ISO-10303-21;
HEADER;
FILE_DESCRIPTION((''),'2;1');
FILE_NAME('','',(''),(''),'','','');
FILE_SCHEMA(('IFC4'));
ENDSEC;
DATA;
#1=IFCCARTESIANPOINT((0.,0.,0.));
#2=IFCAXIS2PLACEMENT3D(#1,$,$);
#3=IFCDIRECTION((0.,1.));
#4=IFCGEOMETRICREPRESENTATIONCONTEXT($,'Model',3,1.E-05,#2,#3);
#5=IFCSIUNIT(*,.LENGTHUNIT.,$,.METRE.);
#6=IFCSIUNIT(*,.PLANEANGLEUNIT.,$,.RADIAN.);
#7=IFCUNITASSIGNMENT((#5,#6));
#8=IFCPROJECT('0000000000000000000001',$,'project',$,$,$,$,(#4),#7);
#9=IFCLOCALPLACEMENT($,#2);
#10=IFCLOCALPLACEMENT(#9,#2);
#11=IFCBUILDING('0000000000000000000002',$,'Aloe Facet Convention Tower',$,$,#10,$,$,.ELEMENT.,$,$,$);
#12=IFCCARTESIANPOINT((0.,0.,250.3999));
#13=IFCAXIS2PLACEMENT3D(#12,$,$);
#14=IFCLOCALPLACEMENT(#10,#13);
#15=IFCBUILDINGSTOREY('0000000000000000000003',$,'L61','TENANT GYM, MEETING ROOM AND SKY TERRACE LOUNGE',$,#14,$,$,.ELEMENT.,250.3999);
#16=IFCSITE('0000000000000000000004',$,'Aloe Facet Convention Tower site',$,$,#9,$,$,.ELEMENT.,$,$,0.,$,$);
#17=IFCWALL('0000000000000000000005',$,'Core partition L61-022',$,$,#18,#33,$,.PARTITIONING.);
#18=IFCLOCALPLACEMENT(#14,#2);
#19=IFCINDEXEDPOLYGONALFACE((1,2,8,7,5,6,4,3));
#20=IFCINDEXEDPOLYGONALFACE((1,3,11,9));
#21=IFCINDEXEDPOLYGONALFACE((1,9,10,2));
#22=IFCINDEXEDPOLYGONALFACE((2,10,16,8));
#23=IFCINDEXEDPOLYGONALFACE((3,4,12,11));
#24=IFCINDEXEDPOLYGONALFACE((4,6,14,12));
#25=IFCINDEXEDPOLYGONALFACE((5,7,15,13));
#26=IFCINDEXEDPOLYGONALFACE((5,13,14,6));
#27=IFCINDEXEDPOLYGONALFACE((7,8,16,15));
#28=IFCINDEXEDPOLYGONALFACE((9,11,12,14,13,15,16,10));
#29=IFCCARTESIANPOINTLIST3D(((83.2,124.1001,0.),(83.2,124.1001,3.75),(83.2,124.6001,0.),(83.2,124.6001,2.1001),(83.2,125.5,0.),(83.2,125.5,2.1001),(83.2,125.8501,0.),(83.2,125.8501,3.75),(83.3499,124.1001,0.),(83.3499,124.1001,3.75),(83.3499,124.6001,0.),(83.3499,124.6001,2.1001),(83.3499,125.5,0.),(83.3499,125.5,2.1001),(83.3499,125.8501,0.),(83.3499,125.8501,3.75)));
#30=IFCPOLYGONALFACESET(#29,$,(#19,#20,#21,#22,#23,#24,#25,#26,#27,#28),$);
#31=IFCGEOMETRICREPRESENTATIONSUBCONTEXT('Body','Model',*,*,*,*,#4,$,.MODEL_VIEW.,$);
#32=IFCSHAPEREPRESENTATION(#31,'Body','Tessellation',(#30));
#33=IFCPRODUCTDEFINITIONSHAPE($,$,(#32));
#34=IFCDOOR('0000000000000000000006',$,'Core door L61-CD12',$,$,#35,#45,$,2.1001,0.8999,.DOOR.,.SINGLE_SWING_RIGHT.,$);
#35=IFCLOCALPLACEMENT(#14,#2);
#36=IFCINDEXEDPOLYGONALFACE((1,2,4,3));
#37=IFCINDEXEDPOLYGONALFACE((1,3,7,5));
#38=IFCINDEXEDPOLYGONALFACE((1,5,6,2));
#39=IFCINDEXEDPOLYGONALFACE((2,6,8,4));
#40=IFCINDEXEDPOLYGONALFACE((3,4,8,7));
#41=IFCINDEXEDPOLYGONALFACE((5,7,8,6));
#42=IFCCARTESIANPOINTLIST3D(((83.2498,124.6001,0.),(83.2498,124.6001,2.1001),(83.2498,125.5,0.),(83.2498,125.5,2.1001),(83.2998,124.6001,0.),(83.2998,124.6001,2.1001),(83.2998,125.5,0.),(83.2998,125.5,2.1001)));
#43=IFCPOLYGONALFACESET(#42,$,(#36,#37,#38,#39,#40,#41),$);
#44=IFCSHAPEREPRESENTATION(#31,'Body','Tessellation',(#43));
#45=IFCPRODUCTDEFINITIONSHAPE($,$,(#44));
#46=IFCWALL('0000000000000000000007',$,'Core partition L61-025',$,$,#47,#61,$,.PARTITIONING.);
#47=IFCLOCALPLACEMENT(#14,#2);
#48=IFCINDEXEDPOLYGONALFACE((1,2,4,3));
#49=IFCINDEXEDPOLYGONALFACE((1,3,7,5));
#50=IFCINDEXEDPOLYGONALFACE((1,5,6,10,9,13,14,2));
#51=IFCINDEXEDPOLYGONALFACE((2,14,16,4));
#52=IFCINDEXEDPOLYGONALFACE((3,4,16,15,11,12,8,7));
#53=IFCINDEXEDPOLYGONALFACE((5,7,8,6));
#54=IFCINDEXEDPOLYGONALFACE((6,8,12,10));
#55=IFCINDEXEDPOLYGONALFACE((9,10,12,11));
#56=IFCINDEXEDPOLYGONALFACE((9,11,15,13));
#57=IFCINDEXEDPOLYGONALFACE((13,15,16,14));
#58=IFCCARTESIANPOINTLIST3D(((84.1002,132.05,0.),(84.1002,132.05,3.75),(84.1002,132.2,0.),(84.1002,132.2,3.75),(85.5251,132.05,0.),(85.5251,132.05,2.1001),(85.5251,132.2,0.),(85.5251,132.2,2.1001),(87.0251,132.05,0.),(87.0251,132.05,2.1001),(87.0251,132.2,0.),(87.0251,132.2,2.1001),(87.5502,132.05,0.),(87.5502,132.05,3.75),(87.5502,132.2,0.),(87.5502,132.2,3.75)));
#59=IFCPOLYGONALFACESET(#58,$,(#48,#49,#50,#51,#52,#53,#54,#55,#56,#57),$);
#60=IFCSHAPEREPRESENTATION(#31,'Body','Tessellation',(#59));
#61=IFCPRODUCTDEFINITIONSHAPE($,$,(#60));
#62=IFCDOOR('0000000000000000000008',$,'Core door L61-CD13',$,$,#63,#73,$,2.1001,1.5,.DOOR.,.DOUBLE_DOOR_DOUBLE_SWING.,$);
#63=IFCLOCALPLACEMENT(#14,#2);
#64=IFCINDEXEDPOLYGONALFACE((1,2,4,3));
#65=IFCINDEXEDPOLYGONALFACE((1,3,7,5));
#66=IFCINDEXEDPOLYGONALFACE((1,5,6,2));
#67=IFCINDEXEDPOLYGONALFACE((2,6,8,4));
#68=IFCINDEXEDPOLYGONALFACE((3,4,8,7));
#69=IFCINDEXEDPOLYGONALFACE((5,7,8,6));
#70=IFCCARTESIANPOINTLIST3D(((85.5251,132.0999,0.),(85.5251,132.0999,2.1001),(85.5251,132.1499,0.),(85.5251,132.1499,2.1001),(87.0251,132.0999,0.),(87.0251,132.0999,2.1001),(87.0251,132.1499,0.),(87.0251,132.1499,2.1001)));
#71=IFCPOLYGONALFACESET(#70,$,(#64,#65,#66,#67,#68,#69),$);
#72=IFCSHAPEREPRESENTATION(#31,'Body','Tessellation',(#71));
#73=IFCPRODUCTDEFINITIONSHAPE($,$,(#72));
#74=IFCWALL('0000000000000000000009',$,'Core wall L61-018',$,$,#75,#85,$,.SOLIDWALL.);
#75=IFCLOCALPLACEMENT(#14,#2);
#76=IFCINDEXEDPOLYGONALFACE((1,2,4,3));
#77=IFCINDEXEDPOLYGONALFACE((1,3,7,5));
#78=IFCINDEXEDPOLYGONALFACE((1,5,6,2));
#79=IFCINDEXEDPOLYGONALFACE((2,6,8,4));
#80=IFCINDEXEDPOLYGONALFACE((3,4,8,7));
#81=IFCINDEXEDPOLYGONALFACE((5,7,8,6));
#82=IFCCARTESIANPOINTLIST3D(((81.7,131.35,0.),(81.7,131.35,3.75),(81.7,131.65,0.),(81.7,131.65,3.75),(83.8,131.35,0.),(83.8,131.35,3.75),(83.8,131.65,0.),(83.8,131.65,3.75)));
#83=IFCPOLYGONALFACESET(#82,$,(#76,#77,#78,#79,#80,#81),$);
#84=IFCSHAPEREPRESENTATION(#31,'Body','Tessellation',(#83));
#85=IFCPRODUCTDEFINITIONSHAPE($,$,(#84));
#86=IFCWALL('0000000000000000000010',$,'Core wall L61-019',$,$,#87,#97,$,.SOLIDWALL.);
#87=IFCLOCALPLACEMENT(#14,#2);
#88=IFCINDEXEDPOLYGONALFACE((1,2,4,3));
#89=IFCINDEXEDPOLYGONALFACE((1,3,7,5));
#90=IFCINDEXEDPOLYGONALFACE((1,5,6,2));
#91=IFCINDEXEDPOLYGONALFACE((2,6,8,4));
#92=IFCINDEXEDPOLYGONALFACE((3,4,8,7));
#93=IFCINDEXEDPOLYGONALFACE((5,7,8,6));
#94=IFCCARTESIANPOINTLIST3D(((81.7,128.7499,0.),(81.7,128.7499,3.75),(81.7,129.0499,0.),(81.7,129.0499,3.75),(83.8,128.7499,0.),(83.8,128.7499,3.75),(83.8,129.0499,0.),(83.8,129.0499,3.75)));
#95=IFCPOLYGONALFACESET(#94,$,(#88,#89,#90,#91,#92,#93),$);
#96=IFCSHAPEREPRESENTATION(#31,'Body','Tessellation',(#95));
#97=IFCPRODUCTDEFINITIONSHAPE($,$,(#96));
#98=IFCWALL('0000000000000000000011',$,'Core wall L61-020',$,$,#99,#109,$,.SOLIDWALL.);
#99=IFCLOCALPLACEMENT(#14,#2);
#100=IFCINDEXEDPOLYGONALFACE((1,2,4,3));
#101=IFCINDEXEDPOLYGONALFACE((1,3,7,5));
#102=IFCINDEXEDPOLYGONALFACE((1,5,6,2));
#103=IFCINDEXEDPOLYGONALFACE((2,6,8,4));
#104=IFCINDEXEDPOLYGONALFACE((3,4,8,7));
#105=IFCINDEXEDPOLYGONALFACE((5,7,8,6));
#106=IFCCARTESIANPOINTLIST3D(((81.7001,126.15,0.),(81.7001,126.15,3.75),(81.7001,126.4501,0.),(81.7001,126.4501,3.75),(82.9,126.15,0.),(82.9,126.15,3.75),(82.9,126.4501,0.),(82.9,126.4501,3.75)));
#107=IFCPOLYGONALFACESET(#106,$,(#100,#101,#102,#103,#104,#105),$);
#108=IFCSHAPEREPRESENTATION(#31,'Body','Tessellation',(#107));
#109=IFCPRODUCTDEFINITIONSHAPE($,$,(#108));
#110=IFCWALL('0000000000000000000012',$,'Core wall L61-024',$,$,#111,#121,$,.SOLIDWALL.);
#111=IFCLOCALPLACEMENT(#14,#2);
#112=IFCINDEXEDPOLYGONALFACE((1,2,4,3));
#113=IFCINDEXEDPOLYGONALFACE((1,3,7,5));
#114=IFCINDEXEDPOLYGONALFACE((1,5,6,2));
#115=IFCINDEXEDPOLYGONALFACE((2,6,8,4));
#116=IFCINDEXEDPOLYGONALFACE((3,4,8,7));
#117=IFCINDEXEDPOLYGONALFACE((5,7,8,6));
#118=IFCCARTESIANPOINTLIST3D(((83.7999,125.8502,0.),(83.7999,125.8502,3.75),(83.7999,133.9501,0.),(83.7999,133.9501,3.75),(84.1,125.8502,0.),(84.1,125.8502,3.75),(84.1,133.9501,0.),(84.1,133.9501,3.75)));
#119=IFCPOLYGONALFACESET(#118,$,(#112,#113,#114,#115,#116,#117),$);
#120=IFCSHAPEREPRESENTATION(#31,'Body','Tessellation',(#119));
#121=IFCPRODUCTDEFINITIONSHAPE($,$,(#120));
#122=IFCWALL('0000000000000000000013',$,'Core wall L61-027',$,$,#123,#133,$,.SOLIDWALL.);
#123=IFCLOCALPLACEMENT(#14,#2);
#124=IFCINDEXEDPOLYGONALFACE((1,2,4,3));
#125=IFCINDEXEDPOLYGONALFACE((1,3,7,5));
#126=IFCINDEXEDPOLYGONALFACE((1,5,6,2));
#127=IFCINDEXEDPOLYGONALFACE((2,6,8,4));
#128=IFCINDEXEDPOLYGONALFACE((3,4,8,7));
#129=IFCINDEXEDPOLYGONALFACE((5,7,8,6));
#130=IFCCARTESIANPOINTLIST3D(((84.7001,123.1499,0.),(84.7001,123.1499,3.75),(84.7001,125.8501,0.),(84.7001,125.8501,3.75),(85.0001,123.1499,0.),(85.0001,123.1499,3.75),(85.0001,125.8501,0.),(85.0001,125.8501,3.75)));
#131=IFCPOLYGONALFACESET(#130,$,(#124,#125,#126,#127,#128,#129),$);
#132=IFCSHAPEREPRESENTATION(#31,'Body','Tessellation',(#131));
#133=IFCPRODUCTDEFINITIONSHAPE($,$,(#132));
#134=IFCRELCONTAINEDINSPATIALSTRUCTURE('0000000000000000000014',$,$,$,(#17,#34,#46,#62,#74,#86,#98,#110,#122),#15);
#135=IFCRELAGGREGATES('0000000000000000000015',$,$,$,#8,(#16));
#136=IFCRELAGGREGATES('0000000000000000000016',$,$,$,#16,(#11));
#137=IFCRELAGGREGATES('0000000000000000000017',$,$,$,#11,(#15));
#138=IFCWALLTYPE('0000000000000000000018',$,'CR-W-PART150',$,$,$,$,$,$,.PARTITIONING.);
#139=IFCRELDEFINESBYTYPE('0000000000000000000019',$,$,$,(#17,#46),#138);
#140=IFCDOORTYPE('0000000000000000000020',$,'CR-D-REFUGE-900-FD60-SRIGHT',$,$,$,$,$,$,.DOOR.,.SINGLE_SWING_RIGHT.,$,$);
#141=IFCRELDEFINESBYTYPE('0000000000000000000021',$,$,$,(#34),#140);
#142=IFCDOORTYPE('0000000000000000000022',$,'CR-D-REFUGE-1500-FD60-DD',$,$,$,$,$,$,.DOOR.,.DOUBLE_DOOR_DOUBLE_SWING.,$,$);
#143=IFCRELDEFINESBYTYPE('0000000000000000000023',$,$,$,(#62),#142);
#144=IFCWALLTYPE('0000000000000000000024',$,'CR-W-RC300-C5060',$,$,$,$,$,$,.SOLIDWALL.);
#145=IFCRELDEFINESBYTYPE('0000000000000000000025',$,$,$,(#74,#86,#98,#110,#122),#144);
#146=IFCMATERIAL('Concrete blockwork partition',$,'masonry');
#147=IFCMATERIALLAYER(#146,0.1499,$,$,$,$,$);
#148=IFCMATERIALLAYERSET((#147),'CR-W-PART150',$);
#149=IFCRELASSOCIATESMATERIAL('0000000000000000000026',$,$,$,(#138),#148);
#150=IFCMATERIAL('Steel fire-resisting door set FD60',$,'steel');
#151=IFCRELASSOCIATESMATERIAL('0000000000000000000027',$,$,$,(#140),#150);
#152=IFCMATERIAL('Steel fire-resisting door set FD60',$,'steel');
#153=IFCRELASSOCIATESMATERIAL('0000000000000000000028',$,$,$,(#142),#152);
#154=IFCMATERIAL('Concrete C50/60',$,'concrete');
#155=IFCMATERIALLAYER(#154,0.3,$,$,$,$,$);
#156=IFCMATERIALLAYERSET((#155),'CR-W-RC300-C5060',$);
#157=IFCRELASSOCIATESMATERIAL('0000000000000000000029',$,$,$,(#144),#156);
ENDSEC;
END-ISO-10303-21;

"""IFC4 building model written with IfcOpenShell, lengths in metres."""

from ifc_helpers import new_model, si_unit, direction, frame, frame_2d, origin, place, context, subcontext, project, spatial, rectangle, extrude, material, layer, layer_set, type_object, element, fill, save


model = new_model("IFC4")

# Units and contexts
model_context = context("Model", 3, precision=1e-05, world=origin(), true_north=direction((0.0, 1.0)))
body_context = subcontext(model_context, "Body", "Model", "MODEL_VIEW")
ifc_project = project(units=[si_unit("LENGTHUNIT", "METRE"), si_unit("PLANEANGLEUNIT", "RADIAN")], contexts=[model_context])

# Site, building, storey
site_placement = place(None, origin())
site = spatial("IfcSite", under=ifc_project, at=site_placement, Name="Aloe Facet Convention Tower site", CompositionType="ELEMENT", RefElevation=0.0)
building_placement = place(site_placement, origin())
building = spatial("IfcBuilding", under=site, at=building_placement, Name="Aloe Facet Convention Tower", CompositionType="ELEMENT")
storey_placement = place(building_placement, frame((0.0, 0.0, 250.3999)))
storey = spatial("IfcBuildingStorey", under=building, at=storey_placement, Name="L61", Description="TENANT GYM, MEETING ROOM AND SKY TERRACE LOUNGE", CompositionType="ELEMENT", Elevation=250.3999)

# Walls, openings, doors
ifc_material_1 = material(Name="Concrete blockwork partition", Category="masonry")
ifc_layer_1 = layer(ifc_material_1, 0.1499)
ifc_layer_set_1 = layer_set([ifc_layer_1], Name="CR-W-PART150")
wall_type_1 = type_object("IfcWallType", Name="CR-W-PART150", PredefinedType="PARTITIONING", material=ifc_layer_set_1)
wall_1_placement = place(storey_placement, frame((83.2749, 125.8501, 0.0), z_axis=(0.0, 0.0, 1.0), x_axis=(0.0, -1.0, 0.0)))
wall_1 = element("IfcWall", 1, at=wall_1_placement, inside=storey, type_object=wall_type_1, Name="Core partition L61-022", PredefinedType="PARTITIONING", context=body_context, shape_type="SweptSolid", body=[
    extrude(rectangle(XDim=1.75, YDim=0.1499, at=frame_2d((0.875, 0.0))), origin(), (0.0, 0.0, 1.0), 3.75),
])
opening_1_placement = place(wall_1_placement, frame((0.3501, 0.0, 0.0)))
opening_1 = element("IfcOpeningElement", 2, at=opening_1_placement, cuts=wall_1, PredefinedType="OPENING", context=body_context, shape_type="SweptSolid", body=[
    extrude(rectangle(XDim=0.8999, YDim=2.1001, at=frame_2d((0.45, 1.05))), frame((0.0, 0.085, 0.0), z_axis=(0.0, -1.0, 0.0), x_axis=(1.0, 0.0, 0.0)), (0.0, 0.0, 1.0), 0.1699),
])
ifc_material_2 = material(Name="Steel fire-resisting door set FD60", Category="steel")
door_type_1 = type_object("IfcDoorType", Name="CR-D-REFUGE-900-FD60-SRIGHT", OperationType="SINGLE_SWING_RIGHT", PredefinedType="DOOR", material=ifc_material_2)
door_1_placement = place(opening_1_placement, origin())
door_1 = element("IfcDoor", 3, at=door_1_placement, inside=storey, type_object=door_type_1, Name="Core door L61-CD12", OperationType="SINGLE_SWING_RIGHT", OverallHeight=2.1001, OverallWidth=0.8999, PredefinedType="DOOR", context=body_context, shape_type="SweptSolid", body=[
    extrude(rectangle(XDim=0.8999, YDim=2.1001, at=frame_2d((0.45, 1.05))), frame((0.0, 0.0249, 0.0), z_axis=(0.0, -1.0, 0.0), x_axis=(1.0, 0.0, 0.0)), (0.0, 0.0, 1.0), 0.05),
])
fill(opening_1, door_1)
wall_2_placement = place(storey_placement, frame((84.1001, 132.125, 0.0), z_axis=(0.0, 0.0, 1.0), x_axis=(1.0, 0.0, 0.0)))
wall_2 = element("IfcWall", 4, at=wall_2_placement, inside=storey, type_object=wall_type_1, Name="Core partition L61-025", PredefinedType="PARTITIONING", context=body_context, shape_type="SweptSolid", body=[
    extrude(rectangle(XDim=3.45, YDim=0.1499, at=frame_2d((1.7251, 0.0))), origin(), (0.0, 0.0, 1.0), 3.75),
])
opening_2_placement = place(wall_2_placement, frame((1.425, 0.0, 0.0)))
opening_2 = element("IfcOpeningElement", 5, at=opening_2_placement, cuts=wall_2, PredefinedType="OPENING", context=body_context, shape_type="SweptSolid", body=[
    extrude(rectangle(XDim=1.5, YDim=2.1001, at=frame_2d((0.75, 1.05))), frame((0.0, 0.085, 0.0), z_axis=(0.0, -1.0, 0.0), x_axis=(1.0, 0.0, 0.0)), (0.0, 0.0, 1.0), 0.1699),
])
ifc_material_3 = material(Name="Steel fire-resisting door set FD60", Category="steel")
door_type_2 = type_object("IfcDoorType", Name="CR-D-REFUGE-1500-FD60-DD", OperationType="DOUBLE_DOOR_DOUBLE_SWING", PredefinedType="DOOR", material=ifc_material_3)
door_2_placement = place(opening_2_placement, origin())
door_2 = element("IfcDoor", 6, at=door_2_placement, inside=storey, type_object=door_type_2, Name="Core door L61-CD13", OperationType="DOUBLE_DOOR_DOUBLE_SWING", OverallHeight=2.1001, OverallWidth=1.5, PredefinedType="DOOR", context=body_context, shape_type="SweptSolid", body=[
    extrude(rectangle(XDim=1.5, YDim=2.1001, at=frame_2d((0.75, 1.05))), frame((0.0, 0.0249, 0.0), z_axis=(0.0, -1.0, 0.0), x_axis=(1.0, 0.0, 0.0)), (0.0, 0.0, 1.0), 0.05),
])
fill(opening_2, door_2)

# Walls
ifc_material_4 = material(Name="Concrete C50/60", Category="concrete")
ifc_layer_2 = layer(ifc_material_4, 0.3)
ifc_layer_set_2 = layer_set([ifc_layer_2], Name="CR-W-RC300-C5060")
wall_type_2 = type_object("IfcWallType", Name="CR-W-RC300-C5060", PredefinedType="SOLIDWALL", material=ifc_layer_set_2)
for number, where, z_axis, x_axis, name in (
    (7, (81.7, 131.5, 0.0), (0.0, 0.0, 1.0), (1.0, 0.0, 0.0), "Core wall L61-018"),
    (8, (81.7, 128.8999, 0.0), (0.0, 0.0, 1.0), (1.0, 0.0, 0.0), "Core wall L61-019"),
):
    element("IfcWall", number, at=place(storey_placement, frame(where, z_axis=z_axis, x_axis=x_axis)), inside=storey, type_object=wall_type_2, Name=name, PredefinedType="SOLIDWALL", context=body_context, shape_type="SweptSolid", body=[
        extrude(rectangle(XDim=2.1001, YDim=0.3, at=frame_2d((1.05, 0.0))), origin(), (0.0, 0.0, 1.0), 3.75),
    ])
wall_3_placement = place(storey_placement, frame((81.7, 126.3, 0.0), z_axis=(0.0, 0.0, 1.0), x_axis=(1.0, 0.0, 0.0)))
element("IfcWall", 9, at=wall_3_placement, inside=storey, type_object=wall_type_2, Name="Core wall L61-020", PredefinedType="SOLIDWALL", context=body_context, shape_type="SweptSolid", body=[
    extrude(rectangle(XDim=1.2, YDim=0.3, at=frame_2d((0.6001, 0.0))), origin(), (0.0, 0.0, 1.0), 3.75),
])
wall_4_placement = place(storey_placement, frame((83.95, 133.95, 0.0), z_axis=(0.0, 0.0, 1.0), x_axis=(0.0, -1.0, 0.0)))
element("IfcWall", 10, at=wall_4_placement, inside=storey, type_object=wall_type_2, Name="Core wall L61-024", PredefinedType="SOLIDWALL", context=body_context, shape_type="SweptSolid", body=[
    extrude(rectangle(XDim=8.0999, YDim=0.3, at=frame_2d((4.0498, 0.0))), origin(), (0.0, 0.0, 1.0), 3.75),
])
wall_5_placement = place(storey_placement, frame((84.8501, 125.8501, 0.0), z_axis=(0.0, 0.0, 1.0), x_axis=(0.0, -1.0, 0.0)))
element("IfcWall", 11, at=wall_5_placement, inside=storey, type_object=wall_type_2, Name="Core wall L61-027", PredefinedType="SOLIDWALL", context=body_context, shape_type="SweptSolid", body=[
    extrude(rectangle(XDim=2.7002, YDim=0.3, at=frame_2d((1.3501, 0.0))), origin(), (0.0, 0.0, 1.0), 3.75),
])

save(model, "model.ifc")
